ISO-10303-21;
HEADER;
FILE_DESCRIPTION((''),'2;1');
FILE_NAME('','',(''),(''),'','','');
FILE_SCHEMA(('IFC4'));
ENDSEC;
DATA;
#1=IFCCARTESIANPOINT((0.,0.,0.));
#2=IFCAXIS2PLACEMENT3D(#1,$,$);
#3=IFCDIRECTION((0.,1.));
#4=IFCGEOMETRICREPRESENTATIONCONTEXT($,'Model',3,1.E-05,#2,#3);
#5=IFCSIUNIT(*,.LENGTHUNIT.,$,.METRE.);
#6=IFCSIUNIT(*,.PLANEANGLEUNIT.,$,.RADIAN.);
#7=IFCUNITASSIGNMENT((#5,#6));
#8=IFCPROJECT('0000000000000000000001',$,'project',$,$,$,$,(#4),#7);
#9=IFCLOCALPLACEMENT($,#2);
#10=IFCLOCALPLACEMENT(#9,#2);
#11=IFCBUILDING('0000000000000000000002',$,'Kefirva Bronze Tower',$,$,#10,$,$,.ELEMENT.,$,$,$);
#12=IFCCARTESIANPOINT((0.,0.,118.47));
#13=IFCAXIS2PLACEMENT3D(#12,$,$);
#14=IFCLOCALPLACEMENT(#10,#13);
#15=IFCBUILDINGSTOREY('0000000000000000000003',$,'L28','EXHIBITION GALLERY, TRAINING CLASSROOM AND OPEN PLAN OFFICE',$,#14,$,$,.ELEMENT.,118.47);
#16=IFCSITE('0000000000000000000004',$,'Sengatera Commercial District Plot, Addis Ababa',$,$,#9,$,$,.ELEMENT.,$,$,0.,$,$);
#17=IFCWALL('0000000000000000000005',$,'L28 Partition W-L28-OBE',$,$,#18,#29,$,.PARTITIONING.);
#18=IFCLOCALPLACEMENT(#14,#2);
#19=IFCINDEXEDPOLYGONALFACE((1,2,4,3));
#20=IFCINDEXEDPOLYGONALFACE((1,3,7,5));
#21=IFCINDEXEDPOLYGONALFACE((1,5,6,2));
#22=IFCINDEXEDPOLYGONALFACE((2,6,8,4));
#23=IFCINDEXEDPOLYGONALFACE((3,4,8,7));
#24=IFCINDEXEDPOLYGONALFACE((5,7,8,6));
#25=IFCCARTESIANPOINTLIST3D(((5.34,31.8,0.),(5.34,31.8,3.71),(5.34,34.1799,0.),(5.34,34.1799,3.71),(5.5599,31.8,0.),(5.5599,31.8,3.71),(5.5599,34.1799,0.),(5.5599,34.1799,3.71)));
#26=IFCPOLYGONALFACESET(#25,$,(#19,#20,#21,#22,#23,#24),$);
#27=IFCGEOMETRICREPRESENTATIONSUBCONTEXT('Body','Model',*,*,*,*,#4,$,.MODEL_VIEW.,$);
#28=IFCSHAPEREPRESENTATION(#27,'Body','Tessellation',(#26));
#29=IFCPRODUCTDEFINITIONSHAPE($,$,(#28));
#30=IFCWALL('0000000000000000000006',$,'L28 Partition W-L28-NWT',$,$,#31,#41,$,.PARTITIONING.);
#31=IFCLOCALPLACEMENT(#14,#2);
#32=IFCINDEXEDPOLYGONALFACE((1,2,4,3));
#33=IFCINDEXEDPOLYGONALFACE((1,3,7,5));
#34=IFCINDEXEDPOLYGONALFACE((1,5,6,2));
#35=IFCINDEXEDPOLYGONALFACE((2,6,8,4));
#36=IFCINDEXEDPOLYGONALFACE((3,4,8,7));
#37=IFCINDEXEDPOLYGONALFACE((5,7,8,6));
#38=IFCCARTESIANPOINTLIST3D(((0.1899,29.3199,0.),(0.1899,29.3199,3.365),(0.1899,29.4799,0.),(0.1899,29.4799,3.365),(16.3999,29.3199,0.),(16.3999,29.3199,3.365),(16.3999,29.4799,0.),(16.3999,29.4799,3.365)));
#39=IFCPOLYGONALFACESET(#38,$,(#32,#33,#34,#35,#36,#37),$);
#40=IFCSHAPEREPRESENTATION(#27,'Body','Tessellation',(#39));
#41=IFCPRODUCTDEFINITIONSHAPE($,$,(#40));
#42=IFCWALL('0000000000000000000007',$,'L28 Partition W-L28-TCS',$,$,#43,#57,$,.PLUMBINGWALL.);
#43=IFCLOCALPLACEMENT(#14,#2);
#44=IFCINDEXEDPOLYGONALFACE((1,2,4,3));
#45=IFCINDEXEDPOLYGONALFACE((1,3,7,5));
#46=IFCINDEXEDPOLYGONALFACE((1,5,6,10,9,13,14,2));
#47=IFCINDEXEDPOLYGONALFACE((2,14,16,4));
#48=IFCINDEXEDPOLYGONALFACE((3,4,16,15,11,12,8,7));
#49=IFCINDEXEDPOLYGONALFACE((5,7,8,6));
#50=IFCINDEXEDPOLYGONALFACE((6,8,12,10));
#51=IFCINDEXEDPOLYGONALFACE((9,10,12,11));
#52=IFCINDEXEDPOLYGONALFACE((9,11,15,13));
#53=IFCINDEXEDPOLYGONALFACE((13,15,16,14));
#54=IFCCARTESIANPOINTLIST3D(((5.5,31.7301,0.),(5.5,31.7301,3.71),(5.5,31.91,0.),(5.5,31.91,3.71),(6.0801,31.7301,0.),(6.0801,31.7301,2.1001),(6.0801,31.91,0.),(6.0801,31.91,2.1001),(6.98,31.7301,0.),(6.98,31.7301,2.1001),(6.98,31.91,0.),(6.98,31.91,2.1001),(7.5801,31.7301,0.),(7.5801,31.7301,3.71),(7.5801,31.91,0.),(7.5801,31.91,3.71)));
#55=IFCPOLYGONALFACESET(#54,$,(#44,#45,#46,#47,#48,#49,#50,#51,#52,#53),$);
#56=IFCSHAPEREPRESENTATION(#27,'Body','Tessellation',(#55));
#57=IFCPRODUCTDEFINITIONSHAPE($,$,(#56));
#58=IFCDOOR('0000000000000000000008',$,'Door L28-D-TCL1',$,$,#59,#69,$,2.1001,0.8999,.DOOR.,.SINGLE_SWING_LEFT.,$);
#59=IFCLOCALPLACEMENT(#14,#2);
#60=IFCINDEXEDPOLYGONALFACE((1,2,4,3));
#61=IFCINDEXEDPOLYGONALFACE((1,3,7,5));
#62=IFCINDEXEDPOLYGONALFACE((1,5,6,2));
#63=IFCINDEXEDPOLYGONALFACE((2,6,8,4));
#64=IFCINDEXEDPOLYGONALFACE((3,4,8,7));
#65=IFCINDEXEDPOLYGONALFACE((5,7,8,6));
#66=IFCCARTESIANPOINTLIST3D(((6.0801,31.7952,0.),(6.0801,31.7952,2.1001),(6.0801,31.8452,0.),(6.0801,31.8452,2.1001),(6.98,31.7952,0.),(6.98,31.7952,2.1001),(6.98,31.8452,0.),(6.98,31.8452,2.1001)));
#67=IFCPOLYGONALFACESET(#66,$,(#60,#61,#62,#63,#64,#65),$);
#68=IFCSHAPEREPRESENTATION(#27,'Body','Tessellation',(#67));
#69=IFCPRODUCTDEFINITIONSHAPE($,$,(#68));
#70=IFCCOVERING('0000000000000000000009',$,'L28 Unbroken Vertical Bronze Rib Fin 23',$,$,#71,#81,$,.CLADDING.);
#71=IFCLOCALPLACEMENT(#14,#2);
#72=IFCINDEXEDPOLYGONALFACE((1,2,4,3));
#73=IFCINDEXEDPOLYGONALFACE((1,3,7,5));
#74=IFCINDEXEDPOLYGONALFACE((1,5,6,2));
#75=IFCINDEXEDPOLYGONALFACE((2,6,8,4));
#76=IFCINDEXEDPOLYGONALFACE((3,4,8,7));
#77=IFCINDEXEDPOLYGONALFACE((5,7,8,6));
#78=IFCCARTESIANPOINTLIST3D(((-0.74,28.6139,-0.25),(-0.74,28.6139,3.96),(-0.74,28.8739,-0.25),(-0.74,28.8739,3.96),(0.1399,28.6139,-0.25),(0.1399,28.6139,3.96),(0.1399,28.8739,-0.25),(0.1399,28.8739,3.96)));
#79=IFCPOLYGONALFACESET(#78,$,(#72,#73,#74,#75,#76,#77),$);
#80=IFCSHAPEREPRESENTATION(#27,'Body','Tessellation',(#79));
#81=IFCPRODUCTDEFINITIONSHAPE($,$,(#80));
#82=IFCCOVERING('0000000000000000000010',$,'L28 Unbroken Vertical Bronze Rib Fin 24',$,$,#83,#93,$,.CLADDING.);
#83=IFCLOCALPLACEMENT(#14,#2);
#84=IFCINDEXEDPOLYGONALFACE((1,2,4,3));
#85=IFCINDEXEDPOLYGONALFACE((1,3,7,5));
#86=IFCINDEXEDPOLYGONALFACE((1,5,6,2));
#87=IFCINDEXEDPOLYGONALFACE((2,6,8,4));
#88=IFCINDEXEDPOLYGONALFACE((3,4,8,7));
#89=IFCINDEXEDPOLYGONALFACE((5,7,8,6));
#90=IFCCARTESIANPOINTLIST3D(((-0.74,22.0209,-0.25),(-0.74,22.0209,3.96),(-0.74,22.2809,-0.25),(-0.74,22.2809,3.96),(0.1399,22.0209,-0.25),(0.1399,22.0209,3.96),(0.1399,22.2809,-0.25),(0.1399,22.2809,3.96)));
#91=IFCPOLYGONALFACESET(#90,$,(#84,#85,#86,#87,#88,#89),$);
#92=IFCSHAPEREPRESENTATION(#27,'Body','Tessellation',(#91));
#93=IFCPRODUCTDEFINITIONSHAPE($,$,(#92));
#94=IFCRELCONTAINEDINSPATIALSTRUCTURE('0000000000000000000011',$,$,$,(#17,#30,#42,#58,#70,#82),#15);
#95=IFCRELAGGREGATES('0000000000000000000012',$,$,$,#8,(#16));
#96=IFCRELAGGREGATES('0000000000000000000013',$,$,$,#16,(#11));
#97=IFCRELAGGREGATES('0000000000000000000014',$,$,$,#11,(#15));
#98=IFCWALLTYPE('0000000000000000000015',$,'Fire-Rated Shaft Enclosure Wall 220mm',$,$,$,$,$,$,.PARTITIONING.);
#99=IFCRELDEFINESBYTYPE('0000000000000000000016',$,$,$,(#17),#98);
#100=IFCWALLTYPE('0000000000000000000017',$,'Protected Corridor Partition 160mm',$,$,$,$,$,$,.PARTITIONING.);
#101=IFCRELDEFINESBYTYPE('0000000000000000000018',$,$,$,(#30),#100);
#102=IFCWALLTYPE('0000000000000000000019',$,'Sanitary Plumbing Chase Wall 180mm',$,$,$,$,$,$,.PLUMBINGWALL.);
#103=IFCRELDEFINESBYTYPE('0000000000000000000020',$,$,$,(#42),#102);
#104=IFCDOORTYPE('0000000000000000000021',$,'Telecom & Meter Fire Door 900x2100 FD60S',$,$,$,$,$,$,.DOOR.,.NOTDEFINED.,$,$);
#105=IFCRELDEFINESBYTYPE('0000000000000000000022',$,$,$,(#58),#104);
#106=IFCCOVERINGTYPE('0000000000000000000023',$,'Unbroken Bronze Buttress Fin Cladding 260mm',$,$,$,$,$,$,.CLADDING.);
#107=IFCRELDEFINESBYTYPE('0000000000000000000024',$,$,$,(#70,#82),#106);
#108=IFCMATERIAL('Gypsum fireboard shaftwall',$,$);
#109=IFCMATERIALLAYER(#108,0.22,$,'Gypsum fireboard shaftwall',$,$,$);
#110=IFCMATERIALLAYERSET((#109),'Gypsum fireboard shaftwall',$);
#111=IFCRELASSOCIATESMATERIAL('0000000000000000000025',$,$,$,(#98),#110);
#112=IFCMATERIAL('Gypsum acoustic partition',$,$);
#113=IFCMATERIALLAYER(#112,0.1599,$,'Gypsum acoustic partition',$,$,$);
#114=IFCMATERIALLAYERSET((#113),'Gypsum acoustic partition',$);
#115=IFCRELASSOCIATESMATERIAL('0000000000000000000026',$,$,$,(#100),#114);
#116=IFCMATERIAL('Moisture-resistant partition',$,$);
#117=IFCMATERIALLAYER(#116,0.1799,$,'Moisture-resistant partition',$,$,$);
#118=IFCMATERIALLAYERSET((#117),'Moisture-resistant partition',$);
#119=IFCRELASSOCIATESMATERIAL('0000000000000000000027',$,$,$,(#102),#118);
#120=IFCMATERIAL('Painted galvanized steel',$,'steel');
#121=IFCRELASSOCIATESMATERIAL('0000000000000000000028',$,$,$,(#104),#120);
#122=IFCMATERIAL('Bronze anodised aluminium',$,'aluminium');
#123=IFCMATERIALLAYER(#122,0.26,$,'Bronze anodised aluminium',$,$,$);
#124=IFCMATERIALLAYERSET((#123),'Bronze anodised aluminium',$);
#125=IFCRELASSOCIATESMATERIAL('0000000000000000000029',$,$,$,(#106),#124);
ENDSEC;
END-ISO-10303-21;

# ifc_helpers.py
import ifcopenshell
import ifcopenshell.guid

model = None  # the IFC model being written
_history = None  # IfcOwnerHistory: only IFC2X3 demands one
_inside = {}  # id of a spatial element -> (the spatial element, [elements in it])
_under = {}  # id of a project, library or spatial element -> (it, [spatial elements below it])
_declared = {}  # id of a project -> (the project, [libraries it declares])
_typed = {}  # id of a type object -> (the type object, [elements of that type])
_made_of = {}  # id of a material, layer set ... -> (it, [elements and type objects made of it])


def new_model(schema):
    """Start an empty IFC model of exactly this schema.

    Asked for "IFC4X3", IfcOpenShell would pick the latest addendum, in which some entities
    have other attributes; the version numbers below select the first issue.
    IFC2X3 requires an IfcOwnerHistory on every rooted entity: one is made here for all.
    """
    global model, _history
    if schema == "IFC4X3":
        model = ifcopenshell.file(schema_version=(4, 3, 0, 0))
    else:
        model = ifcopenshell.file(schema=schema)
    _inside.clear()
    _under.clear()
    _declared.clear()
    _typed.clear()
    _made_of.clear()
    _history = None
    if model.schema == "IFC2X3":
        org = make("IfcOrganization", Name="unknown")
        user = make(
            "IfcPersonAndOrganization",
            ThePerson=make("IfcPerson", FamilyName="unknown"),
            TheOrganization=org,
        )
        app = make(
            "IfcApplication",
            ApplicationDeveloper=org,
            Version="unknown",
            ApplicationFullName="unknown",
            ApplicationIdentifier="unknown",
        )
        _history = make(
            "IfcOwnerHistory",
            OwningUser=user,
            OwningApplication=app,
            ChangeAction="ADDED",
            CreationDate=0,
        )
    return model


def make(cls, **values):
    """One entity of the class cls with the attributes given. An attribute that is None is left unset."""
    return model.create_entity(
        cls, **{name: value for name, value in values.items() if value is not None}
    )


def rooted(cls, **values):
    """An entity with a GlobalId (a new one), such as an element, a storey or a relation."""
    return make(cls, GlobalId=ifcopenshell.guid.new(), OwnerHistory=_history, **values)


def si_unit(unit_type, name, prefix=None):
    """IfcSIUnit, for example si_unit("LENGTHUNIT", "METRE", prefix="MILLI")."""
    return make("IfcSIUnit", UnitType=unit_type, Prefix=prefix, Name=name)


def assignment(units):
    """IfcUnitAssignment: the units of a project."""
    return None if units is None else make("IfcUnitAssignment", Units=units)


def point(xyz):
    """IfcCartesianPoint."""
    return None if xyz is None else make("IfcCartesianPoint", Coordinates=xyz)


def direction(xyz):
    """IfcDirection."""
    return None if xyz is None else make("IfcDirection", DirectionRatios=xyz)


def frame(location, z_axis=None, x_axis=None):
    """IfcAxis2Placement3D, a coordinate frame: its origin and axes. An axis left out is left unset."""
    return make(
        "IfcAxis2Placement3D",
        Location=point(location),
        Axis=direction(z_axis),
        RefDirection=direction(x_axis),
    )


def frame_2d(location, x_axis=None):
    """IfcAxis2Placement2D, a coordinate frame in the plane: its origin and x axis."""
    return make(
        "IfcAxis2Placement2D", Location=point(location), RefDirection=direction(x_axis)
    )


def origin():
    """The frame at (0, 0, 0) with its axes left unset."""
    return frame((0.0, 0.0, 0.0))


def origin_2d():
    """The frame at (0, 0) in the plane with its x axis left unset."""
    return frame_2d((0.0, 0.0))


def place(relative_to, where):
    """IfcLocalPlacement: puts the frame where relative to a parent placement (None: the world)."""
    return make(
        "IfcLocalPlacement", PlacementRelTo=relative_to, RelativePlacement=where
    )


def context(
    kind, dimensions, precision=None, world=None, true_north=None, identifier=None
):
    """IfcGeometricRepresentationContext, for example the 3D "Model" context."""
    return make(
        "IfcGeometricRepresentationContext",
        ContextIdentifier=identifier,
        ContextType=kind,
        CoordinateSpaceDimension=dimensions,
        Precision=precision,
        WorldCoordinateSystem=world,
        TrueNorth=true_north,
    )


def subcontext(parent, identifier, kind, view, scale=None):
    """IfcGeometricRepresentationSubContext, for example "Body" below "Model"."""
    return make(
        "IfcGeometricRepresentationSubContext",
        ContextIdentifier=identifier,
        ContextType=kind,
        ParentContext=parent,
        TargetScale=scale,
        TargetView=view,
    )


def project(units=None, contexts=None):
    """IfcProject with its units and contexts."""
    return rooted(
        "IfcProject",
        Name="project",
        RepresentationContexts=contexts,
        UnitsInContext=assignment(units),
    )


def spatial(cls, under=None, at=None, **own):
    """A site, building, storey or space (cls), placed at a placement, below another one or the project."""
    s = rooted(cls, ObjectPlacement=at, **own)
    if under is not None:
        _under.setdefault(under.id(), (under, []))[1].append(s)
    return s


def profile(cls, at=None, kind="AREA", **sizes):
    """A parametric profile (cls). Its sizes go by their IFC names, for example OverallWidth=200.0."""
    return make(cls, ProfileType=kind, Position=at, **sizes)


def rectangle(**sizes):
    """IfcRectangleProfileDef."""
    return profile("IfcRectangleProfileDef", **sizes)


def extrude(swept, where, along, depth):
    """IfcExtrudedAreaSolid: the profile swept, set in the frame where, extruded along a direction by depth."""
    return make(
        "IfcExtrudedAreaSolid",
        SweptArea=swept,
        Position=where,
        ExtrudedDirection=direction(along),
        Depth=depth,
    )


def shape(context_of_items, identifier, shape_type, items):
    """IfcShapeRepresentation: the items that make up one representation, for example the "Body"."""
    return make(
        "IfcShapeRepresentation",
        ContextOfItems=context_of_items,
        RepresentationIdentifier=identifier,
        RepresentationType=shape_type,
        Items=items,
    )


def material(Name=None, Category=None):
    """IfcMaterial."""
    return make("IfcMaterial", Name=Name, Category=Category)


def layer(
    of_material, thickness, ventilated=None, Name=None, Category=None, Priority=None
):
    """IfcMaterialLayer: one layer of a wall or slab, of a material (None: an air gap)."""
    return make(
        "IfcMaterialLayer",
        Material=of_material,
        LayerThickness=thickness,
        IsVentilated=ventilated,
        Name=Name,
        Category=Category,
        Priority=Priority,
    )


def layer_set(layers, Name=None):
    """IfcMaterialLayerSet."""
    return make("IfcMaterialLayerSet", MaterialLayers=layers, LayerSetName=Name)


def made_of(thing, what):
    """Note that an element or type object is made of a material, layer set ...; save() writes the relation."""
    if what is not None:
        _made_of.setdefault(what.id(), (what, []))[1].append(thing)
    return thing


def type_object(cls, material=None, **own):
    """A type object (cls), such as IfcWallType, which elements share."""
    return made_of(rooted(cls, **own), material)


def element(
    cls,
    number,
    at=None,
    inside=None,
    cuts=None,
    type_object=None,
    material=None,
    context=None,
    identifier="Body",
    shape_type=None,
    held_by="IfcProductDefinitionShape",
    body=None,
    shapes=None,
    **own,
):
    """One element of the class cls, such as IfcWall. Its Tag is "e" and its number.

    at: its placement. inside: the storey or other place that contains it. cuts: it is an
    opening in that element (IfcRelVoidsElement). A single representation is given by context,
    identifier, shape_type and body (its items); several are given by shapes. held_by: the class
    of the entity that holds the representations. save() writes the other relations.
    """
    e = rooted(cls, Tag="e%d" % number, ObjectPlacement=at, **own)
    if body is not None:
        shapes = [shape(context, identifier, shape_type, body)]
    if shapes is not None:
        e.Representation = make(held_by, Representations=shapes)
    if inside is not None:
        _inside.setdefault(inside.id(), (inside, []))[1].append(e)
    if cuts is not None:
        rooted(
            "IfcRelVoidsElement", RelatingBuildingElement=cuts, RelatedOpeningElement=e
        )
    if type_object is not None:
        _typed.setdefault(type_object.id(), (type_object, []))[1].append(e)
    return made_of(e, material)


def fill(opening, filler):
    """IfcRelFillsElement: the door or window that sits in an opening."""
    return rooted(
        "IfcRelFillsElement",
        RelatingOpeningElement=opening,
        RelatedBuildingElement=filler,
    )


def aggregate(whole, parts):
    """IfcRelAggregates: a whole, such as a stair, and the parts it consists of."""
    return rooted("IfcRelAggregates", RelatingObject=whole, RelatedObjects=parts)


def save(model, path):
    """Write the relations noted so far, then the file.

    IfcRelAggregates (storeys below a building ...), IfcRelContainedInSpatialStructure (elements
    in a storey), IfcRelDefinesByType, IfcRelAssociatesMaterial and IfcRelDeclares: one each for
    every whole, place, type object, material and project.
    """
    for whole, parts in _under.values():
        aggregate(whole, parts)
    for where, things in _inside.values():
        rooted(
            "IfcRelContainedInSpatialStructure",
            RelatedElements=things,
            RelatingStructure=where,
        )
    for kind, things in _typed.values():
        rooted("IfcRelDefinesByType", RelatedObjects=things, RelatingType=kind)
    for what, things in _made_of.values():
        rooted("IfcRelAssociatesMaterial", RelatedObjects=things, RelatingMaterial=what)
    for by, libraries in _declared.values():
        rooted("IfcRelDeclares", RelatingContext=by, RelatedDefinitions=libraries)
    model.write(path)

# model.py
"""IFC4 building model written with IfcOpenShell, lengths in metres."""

from ifc_helpers import new_model, si_unit, direction, frame, frame_2d, origin, origin_2d, place, context, subcontext, project, spatial, rectangle, extrude, material, layer, layer_set, type_object, element, fill, save


model = new_model("IFC4")

# Units and contexts
model_context = context("Model", 3, precision=1e-05, world=origin(), true_north=direction((0.0, 1.0)))
body_context = subcontext(model_context, "Body", "Model", "MODEL_VIEW")
ifc_project = project(units=[si_unit("LENGTHUNIT", "METRE"), si_unit("PLANEANGLEUNIT", "RADIAN")], contexts=[model_context])

# Site, building, storey
site_placement = place(None, origin())
site = spatial("IfcSite", under=ifc_project, at=site_placement, Name="Sengatera Commercial District Plot, Addis Ababa", CompositionType="ELEMENT", RefElevation=0.0)
building_placement = place(site_placement, origin())
building = spatial("IfcBuilding", under=site, at=building_placement, Name="Kefirva Bronze Tower", CompositionType="ELEMENT")
storey_placement = place(building_placement, frame((0.0, 0.0, 118.47)))
storey = spatial("IfcBuildingStorey", under=building, at=storey_placement, Name="L28", Description="EXHIBITION GALLERY, TRAINING CLASSROOM AND OPEN PLAN OFFICE", CompositionType="ELEMENT", Elevation=118.47)

# Shared definitions
ifc_material_1 = material(Name="Bronze anodised aluminium", Category="aluminium")

# Walls
ifc_material_2 = material(Name="Gypsum fireboard shaftwall")
ifc_layer_1 = layer(ifc_material_2, 0.22, Name="Gypsum fireboard shaftwall")
ifc_layer_set_1 = layer_set([ifc_layer_1], Name="Gypsum fireboard shaftwall")
wall_type_1 = type_object("IfcWallType", Name="Fire-Rated Shaft Enclosure Wall 220mm", PredefinedType="PARTITIONING", material=ifc_layer_set_1)
for number, where, z_axis, x_axis, name in (
    (1, (5.45, 31.8, 0.0), (0.0, 0.0, 1.0), (0.0, 1.0, 0.0), "L28 Partition W-L28-OBE"),
):
    element("IfcWall", number, at=place(storey_placement, frame(where, z_axis=z_axis, x_axis=x_axis)), inside=storey, type_object=wall_type_1, Name=name, PredefinedType="PARTITIONING", context=body_context, shape_type="SweptSolid", body=[
        extrude(rectangle(XDim=2.3799, YDim=0.22, at=frame_2d((1.1899, 0.0))), origin(), (0.0, 0.0, 1.0), 3.71),
    ])
ifc_material_3 = material(Name="Gypsum acoustic partition")
ifc_layer_2 = layer(ifc_material_3, 0.1599, Name="Gypsum acoustic partition")
ifc_layer_set_2 = layer_set([ifc_layer_2], Name="Gypsum acoustic partition")
wall_type_2 = type_object("IfcWallType", Name="Protected Corridor Partition 160mm", PredefinedType="PARTITIONING", material=ifc_layer_set_2)
wall_1_placement = place(storey_placement, frame((0.1899, 29.3999, 0.0), z_axis=(0.0, 0.0, 1.0), x_axis=(1.0, 0.0, 0.0)))
element("IfcWall", 2, at=wall_1_placement, inside=storey, type_object=wall_type_2, Name="L28 Partition W-L28-NWT", PredefinedType="PARTITIONING", context=body_context, shape_type="SweptSolid", body=[
    extrude(rectangle(XDim=16.21, YDim=0.1599, at=frame_2d((8.105, 0.0))), origin(), (0.0, 0.0, 1.0), 3.365),
])

# Wall, opening, door
ifc_material_4 = material(Name="Moisture-resistant partition")
ifc_layer_3 = layer(ifc_material_4, 0.1799, Name="Moisture-resistant partition")
ifc_layer_set_3 = layer_set([ifc_layer_3], Name="Moisture-resistant partition")
wall_type_3 = type_object("IfcWallType", Name="Sanitary Plumbing Chase Wall 180mm", PredefinedType="PLUMBINGWALL", material=ifc_layer_set_3)
wall_2_placement = place(storey_placement, frame((5.5, 31.8201, 0.0), z_axis=(0.0, 0.0, 1.0), x_axis=(1.0, 0.0, 0.0)))
wall_2 = element("IfcWall", 3, at=wall_2_placement, inside=storey, type_object=wall_type_3, Name="L28 Partition W-L28-TCS", PredefinedType="PLUMBINGWALL", context=body_context, shape_type="SweptSolid", body=[
    extrude(rectangle(XDim=2.0801, YDim=0.1799, at=frame_2d((1.04, 0.0))), origin(), (0.0, 0.0, 1.0), 3.71),
])
opening_placement = place(wall_2_placement, frame((1.48, 0.0, 0.0), z_axis=(0.0, 0.0, 1.0), x_axis=(-1.0, 0.0, 0.0)))
opening = element("IfcOpeningElement", 4, at=opening_placement, cuts=wall_2, PredefinedType="OPENING", context=body_context, shape_type="SweptSolid", body=[
    extrude(rectangle(XDim=0.8999, YDim=2.1001, at=frame_2d((0.45, 1.05))), frame((0.0, 0.1001, 0.0), z_axis=(0.0, -1.0, 0.0), x_axis=(1.0, 0.0, 0.0)), (0.0, 0.0, 1.0), 0.2),
])
ifc_material_5 = material(Name="Painted galvanized steel", Category="steel")
door_type = type_object("IfcDoorType", Name="Telecom & Meter Fire Door 900x2100 FD60S", OperationType="NOTDEFINED", PredefinedType="DOOR", material=ifc_material_5)
door_placement = place(opening_placement, origin())
door = element("IfcDoor", 5, at=door_placement, inside=storey, type_object=door_type, Name="Door L28-D-TCL1", OperationType="SINGLE_SWING_LEFT", OverallHeight=2.1001, OverallWidth=0.8999, PredefinedType="DOOR", context=body_context, shape_type="SweptSolid", body=[
    extrude(rectangle(XDim=0.8999, YDim=2.1001, at=frame_2d((0.45, 1.05))), frame((0.0, 0.0249, 0.0), z_axis=(0.0, -1.0, 0.0), x_axis=(1.0, 0.0, 0.0)), (0.0, 0.0, 1.0), 0.05),
])
fill(opening, door)

# Coverings
ifc_layer_4 = layer(ifc_material_1, 0.26, Name="Bronze anodised aluminium")
ifc_layer_set_4 = layer_set([ifc_layer_4], Name="Bronze anodised aluminium")
covering_type = type_object("IfcCoveringType", Name="Unbroken Bronze Buttress Fin Cladding 260mm", PredefinedType="CLADDING", material=ifc_layer_set_4)
for number, where, z_axis, x_axis, name in (
    (6, (-0.3, 28.7439, -0.25), (0.0, 0.0, 1.0), (0.0, -1.0, 0.0), "L28 Unbroken Vertical Bronze Rib Fin 23"),
    (7, (-0.3, 22.1509, -0.25), (0.0, 0.0, 1.0), (0.0, -1.0, 0.0), "L28 Unbroken Vertical Bronze Rib Fin 24"),
):
    element("IfcCovering", number, at=place(storey_placement, frame(where, z_axis=z_axis, x_axis=x_axis)), inside=storey, type_object=covering_type, Name=name, PredefinedType="CLADDING", context=body_context, shape_type="SweptSolid", body=[
        extrude(rectangle(XDim=0.26, YDim=0.8799, at=origin_2d()), origin(), (0.0, 0.0, 1.0), 4.21),
    ])

save(model, "model.ifc")
